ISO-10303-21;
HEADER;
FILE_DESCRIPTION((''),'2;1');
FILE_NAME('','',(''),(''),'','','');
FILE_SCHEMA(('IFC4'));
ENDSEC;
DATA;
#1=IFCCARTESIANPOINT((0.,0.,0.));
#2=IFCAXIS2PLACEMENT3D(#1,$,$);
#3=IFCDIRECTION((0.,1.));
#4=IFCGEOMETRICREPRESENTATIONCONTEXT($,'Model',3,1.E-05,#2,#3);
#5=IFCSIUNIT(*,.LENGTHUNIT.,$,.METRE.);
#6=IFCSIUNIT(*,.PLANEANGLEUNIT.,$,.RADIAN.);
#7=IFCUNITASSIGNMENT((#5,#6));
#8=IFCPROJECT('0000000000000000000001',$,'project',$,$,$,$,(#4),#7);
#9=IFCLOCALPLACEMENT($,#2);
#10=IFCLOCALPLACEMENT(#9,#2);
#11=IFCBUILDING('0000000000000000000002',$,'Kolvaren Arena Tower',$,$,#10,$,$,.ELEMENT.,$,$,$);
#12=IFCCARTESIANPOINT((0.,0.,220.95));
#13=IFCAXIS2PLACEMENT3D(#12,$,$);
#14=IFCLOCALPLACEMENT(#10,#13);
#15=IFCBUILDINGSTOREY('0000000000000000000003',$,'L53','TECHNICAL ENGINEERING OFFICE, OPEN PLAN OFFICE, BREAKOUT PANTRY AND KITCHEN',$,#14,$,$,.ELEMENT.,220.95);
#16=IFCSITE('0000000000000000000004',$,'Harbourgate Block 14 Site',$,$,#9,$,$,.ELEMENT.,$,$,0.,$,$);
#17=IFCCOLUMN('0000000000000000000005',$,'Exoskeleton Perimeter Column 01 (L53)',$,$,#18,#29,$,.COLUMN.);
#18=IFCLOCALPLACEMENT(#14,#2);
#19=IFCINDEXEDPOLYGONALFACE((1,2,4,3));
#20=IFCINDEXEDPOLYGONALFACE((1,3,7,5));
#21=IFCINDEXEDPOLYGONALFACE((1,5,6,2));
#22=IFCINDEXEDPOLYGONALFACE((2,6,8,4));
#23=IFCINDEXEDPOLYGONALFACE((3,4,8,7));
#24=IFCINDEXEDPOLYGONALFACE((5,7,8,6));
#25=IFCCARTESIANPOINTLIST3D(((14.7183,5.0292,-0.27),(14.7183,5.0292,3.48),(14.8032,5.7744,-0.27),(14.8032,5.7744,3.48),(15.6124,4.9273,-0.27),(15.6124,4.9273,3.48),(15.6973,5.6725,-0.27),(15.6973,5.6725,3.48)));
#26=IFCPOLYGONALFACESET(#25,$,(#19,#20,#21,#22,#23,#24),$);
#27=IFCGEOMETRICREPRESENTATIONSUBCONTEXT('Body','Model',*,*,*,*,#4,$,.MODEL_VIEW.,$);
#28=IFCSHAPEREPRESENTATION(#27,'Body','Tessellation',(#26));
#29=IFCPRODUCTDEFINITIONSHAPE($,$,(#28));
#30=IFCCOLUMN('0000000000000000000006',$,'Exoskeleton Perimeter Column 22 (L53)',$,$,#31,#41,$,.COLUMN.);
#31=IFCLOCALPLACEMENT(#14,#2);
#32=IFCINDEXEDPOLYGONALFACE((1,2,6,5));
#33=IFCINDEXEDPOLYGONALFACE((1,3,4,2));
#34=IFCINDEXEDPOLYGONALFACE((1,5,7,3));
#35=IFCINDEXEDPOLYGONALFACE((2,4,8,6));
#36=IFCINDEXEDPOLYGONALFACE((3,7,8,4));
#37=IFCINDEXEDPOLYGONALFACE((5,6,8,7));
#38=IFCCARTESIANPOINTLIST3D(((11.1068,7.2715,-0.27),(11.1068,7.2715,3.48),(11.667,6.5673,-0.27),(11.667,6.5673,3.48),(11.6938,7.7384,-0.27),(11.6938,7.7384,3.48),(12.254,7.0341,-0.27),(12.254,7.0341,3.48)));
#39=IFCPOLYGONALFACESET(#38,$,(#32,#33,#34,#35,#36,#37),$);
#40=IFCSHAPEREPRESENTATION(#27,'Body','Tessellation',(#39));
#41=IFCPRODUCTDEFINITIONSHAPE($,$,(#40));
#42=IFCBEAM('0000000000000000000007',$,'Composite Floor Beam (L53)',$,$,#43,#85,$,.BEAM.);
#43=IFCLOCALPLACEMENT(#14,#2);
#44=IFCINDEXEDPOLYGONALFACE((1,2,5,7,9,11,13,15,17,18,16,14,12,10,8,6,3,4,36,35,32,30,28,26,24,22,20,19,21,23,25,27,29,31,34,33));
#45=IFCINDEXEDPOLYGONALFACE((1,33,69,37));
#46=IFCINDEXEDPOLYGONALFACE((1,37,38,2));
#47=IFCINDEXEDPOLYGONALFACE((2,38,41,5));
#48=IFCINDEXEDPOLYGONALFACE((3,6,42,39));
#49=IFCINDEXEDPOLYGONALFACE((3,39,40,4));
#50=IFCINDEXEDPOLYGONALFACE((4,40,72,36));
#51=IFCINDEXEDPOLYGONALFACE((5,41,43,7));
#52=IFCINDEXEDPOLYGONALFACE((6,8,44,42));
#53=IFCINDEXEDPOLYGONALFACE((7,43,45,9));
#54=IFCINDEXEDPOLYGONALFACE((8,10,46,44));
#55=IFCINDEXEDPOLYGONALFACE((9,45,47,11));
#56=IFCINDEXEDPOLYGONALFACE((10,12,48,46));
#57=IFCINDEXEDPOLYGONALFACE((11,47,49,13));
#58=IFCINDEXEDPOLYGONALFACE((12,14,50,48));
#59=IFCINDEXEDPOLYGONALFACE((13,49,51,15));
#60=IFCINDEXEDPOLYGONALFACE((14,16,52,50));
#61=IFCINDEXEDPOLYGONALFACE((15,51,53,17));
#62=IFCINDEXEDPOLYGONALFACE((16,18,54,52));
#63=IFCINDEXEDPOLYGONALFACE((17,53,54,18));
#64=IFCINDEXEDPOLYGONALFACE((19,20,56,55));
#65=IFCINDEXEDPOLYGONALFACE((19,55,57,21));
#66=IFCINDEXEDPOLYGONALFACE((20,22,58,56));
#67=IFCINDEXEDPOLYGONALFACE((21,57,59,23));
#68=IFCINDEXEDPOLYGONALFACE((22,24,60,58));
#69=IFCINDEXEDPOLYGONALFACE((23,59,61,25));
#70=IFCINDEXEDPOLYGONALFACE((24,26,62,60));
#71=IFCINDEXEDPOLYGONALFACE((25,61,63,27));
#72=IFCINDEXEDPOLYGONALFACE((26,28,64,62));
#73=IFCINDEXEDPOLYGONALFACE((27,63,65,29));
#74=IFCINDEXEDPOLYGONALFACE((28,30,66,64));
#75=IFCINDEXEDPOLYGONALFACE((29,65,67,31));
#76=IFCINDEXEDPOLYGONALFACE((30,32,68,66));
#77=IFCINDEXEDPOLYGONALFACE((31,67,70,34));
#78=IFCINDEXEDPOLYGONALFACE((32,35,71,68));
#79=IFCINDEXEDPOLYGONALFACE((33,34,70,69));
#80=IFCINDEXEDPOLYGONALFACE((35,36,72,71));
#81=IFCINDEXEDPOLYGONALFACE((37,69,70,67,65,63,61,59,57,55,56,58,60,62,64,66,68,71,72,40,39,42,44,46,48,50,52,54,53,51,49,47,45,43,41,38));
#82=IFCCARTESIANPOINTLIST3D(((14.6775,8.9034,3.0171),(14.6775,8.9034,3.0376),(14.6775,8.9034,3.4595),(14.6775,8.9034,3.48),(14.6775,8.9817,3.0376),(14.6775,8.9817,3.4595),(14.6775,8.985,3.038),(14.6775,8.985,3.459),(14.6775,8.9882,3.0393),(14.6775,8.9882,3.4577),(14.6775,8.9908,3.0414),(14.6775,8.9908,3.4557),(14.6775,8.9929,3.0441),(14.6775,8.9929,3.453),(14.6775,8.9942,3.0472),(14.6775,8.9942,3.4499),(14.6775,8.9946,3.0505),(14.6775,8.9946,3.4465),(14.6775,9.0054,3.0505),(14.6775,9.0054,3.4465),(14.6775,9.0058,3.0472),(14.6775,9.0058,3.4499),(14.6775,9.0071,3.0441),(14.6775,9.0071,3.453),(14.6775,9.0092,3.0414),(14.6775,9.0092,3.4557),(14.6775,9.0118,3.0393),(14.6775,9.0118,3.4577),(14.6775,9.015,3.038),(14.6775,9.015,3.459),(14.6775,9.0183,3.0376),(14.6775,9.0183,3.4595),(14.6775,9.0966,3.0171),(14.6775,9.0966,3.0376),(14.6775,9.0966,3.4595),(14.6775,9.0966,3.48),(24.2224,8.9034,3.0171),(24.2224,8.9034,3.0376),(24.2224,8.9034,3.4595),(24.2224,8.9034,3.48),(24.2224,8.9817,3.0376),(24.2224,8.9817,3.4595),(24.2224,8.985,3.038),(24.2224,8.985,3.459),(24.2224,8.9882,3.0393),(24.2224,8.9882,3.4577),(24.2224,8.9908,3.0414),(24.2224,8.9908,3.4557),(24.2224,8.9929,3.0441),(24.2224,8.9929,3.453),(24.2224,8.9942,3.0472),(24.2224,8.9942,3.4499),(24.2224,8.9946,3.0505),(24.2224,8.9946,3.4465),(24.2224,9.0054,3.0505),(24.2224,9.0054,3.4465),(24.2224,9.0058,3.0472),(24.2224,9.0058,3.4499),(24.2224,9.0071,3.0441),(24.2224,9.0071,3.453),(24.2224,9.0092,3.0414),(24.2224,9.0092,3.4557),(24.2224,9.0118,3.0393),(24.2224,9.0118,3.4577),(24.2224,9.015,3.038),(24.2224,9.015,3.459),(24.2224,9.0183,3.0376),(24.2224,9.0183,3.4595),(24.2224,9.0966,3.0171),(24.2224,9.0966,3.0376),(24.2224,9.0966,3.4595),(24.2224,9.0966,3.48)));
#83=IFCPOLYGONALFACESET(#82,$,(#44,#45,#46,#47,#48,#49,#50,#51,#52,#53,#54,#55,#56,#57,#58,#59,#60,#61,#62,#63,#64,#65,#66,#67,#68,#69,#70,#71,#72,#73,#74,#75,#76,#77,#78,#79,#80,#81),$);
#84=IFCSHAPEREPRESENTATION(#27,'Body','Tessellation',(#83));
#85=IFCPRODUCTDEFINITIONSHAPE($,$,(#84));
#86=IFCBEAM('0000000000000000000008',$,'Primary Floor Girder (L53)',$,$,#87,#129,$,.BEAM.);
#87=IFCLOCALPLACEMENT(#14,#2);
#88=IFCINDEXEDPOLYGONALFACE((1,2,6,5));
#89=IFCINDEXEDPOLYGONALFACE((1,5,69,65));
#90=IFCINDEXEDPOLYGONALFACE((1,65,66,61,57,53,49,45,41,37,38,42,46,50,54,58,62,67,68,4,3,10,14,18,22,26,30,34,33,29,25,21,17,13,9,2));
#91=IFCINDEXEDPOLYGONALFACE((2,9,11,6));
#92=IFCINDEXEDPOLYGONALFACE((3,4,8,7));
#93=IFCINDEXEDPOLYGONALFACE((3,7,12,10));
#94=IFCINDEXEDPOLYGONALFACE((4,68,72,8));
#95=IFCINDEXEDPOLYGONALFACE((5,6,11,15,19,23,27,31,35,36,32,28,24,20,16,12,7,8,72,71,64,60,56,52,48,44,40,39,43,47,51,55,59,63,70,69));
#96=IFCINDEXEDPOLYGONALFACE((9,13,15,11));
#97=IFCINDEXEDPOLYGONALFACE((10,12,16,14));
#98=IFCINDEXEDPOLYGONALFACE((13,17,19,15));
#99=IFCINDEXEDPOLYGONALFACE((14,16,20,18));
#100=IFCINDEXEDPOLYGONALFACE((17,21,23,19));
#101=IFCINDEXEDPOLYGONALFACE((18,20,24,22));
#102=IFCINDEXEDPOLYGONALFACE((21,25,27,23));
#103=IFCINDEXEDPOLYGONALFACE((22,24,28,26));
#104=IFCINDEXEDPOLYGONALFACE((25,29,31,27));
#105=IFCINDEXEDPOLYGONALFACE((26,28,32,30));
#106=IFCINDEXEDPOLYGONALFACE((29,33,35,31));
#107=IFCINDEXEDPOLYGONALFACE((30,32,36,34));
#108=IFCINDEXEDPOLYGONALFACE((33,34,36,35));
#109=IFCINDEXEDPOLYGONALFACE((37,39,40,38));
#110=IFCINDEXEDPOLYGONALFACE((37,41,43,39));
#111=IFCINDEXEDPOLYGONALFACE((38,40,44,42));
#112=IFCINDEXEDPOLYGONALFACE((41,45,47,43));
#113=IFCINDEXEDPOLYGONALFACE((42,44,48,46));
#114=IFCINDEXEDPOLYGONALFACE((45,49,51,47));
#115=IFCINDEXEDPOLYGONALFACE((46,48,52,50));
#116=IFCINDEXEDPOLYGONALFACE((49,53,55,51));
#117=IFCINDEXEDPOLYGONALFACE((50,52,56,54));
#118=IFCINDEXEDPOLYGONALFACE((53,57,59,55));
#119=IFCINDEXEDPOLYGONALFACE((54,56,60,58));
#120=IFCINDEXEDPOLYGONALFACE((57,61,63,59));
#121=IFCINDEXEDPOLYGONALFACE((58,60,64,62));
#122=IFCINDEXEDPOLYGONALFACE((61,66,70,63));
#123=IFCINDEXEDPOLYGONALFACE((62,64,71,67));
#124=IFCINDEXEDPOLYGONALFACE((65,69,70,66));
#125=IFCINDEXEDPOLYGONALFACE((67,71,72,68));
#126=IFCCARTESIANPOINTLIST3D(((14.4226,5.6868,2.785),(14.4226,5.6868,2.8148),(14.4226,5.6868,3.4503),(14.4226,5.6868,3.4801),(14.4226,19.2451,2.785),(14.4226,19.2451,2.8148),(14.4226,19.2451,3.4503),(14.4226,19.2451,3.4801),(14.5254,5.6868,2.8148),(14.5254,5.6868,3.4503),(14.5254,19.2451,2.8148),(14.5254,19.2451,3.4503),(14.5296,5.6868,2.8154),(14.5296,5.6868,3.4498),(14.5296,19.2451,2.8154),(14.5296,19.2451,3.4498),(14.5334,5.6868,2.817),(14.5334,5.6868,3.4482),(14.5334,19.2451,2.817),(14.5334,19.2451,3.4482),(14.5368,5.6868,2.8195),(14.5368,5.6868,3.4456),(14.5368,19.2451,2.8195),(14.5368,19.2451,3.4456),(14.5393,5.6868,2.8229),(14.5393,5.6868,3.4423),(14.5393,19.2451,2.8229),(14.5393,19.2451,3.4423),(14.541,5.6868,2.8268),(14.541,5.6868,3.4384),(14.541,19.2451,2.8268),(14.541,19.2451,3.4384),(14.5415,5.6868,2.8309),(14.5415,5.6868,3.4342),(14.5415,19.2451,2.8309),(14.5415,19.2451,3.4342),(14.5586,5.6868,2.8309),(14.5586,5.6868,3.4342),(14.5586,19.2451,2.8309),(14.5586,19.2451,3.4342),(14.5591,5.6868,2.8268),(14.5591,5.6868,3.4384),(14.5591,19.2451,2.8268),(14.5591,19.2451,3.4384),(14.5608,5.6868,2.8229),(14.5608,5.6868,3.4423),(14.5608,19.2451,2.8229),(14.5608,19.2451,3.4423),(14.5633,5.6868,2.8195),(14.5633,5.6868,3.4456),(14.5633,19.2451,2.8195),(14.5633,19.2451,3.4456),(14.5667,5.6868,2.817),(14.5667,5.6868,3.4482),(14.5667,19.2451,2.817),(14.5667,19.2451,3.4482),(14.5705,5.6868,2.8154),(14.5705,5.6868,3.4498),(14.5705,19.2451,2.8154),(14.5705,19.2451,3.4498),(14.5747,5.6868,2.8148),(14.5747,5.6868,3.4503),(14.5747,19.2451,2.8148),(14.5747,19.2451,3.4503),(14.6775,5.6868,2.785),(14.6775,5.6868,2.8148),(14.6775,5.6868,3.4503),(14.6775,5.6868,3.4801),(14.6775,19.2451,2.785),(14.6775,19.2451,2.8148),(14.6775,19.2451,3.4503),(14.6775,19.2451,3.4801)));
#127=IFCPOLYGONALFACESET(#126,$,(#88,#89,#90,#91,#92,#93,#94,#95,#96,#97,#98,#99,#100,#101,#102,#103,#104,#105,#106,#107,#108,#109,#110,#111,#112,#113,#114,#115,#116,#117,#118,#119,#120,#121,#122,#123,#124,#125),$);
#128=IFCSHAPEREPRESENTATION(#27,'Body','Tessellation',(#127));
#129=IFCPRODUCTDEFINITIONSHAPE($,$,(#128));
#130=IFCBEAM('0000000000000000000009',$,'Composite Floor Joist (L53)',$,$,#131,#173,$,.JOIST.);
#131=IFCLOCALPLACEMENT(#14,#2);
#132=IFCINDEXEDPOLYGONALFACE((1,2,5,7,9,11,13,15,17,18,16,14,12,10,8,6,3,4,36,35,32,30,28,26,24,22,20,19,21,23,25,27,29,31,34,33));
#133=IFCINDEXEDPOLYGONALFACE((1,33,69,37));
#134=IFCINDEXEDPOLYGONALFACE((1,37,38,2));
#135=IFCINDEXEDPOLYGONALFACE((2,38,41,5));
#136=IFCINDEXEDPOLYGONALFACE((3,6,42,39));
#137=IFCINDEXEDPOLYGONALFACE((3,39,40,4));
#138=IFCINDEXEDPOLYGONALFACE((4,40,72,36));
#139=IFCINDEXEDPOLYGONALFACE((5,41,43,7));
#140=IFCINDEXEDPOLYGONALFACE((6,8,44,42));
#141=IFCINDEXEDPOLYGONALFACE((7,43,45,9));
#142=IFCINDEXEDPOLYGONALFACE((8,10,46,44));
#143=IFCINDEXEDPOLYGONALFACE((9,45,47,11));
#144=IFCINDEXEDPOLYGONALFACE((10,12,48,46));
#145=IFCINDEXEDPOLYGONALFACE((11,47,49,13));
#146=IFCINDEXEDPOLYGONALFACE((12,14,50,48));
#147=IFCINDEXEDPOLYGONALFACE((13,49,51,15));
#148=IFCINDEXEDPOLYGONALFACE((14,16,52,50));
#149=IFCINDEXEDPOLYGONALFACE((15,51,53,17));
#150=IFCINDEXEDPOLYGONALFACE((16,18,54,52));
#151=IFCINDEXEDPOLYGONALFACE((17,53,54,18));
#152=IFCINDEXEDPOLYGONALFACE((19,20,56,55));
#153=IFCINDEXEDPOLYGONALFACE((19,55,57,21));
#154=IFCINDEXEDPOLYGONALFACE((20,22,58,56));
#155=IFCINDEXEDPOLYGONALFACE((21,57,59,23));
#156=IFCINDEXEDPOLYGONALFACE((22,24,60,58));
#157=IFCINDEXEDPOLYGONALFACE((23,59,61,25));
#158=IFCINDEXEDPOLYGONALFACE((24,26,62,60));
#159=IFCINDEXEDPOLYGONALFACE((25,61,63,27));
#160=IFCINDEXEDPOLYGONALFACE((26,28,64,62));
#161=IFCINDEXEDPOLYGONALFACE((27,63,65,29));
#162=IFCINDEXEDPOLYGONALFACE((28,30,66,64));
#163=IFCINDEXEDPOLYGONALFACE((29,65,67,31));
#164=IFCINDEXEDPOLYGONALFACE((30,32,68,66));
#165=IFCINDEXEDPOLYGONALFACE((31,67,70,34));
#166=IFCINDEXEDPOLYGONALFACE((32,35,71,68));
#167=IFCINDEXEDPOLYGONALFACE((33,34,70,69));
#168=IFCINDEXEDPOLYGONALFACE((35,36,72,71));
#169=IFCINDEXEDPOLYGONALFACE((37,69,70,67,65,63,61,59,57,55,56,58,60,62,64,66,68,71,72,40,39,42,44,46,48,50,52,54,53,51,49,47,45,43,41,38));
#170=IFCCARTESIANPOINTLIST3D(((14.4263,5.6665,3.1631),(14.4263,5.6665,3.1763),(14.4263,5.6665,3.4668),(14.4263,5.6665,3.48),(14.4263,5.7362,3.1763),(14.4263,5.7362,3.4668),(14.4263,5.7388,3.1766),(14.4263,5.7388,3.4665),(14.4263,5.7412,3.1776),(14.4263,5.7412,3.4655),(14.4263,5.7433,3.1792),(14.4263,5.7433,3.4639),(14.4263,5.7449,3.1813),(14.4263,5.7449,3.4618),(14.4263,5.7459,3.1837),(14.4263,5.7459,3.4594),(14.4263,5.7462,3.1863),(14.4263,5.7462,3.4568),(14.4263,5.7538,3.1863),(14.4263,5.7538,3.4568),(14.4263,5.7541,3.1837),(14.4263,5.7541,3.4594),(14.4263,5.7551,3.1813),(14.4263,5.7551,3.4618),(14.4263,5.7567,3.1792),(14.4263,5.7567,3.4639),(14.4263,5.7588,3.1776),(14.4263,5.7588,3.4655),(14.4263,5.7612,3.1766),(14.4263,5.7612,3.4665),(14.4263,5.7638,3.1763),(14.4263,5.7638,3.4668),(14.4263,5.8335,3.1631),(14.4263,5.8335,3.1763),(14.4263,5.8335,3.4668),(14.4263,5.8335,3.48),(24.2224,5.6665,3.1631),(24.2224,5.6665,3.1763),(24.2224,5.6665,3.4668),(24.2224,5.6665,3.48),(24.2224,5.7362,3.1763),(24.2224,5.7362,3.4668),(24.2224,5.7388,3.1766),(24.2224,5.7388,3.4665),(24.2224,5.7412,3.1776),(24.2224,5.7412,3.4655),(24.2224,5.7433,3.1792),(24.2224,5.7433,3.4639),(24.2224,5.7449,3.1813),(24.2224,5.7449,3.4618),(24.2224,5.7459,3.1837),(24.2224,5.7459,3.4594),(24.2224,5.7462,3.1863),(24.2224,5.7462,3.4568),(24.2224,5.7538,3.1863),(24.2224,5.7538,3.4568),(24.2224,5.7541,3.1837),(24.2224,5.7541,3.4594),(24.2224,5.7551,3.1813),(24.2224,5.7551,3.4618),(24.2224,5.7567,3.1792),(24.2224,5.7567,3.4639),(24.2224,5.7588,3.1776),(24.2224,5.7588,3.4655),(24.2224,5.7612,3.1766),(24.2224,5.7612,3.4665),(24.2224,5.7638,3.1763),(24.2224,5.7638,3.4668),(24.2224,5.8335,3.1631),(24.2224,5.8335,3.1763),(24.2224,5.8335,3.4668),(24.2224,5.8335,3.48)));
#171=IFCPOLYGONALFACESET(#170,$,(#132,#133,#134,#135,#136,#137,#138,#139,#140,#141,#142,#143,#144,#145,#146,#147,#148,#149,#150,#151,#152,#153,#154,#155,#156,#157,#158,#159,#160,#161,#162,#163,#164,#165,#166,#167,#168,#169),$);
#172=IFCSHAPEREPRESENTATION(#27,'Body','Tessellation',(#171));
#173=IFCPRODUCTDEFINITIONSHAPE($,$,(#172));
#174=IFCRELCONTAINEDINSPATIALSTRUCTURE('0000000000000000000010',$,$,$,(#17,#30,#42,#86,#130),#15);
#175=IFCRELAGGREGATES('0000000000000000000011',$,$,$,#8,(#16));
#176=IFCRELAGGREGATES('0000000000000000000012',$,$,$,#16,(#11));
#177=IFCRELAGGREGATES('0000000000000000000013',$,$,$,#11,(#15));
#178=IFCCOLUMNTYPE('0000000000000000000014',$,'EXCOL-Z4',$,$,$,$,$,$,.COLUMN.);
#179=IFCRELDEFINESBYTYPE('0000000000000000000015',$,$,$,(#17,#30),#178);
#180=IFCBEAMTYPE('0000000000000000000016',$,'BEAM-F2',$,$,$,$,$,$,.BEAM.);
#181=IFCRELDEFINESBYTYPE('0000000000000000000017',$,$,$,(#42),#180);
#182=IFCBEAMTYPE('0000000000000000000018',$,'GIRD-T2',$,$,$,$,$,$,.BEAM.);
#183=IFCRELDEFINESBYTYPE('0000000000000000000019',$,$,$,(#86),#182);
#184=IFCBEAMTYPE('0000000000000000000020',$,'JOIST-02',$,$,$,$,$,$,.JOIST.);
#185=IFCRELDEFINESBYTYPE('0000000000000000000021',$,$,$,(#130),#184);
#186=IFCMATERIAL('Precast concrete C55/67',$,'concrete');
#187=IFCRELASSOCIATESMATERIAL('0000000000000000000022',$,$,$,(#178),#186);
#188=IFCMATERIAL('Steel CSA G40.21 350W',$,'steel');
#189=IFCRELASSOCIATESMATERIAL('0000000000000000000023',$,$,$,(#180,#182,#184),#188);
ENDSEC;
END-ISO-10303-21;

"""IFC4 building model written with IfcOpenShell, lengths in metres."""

from ifc_helpers import new_model, si_unit, direction, frame, origin, origin_2d, place, context, subcontext, project, spatial, rectangle, i_section, extrude, material, material_profile, profile_set, type_object, element, save


model = new_model("IFC4")

# Units and contexts
model_context = context("Model", 3, precision=1e-05, world=origin(), true_north=direction((0.0, 1.0)))
body_context = subcontext(model_context, "Body", "Model", "MODEL_VIEW")
ifc_project = project(units=[si_unit("LENGTHUNIT", "METRE"), si_unit("PLANEANGLEUNIT", "RADIAN")], contexts=[model_context])

# Site, building, storey
site_placement = place(None, origin())
site = spatial("IfcSite", under=ifc_project, at=site_placement, Name="Harbourgate Block 14 Site", CompositionType="ELEMENT", RefElevation=0.0)
building_placement = place(site_placement, origin())
building = spatial("IfcBuilding", under=site, at=building_placement, Name="Kolvaren Arena Tower", CompositionType="ELEMENT")
storey_placement = place(building_placement, frame((0.0, 0.0, 220.95)))
storey = spatial("IfcBuildingStorey", under=building, at=storey_placement, Name="L53", Description="TECHNICAL ENGINEERING OFFICE, OPEN PLAN OFFICE, BREAKOUT PANTRY AND KITCHEN", CompositionType="ELEMENT", Elevation=220.95)

# Columns
ifc_material_1 = material(Name="Precast concrete C55/67", Category="concrete")
ifc_material_profile_1 = material_profile(ifc_material_1, rectangle(XDim=0.8999, YDim=0.75, at=origin_2d()), Name="RC-900x750")
ifc_profile_set_1 = profile_set([ifc_material_profile_1], Name="Precast concrete C55/67")
column_type = type_object("IfcColumnType", Name="EXCOL-Z4", PredefinedType="COLUMN", material=ifc_profile_set_1)
for number, where, z_axis, x_axis, name in (
    (1, (15.2078, 5.3508, -0.27), (0.0, 0.0, 1.0), (0.993572, -0.113203, 0.0), "Exoskeleton Perimeter Column 01 (L53)"),
    (2, (11.6804, 7.1528, -0.27), (0.0, 0.0, 1.0), (-0.622515, 0.782608, 0.0), "Exoskeleton Perimeter Column 22 (L53)"),
):
    element("IfcColumn", number, at=place(storey_placement, frame(where, z_axis=z_axis, x_axis=x_axis)), inside=storey, type_object=column_type, Name=name, PredefinedType="COLUMN", context=body_context, shape_type="SweptSolid", body=[
        extrude(rectangle(XDim=0.8999, YDim=0.75, at=origin_2d()), origin(), (0.0, 0.0, 1.0), 3.75),
    ])

# Beams
ifc_material_2 = material(Name="Steel CSA G40.21 350W", Category="steel")
ifc_material_profile_2 = material_profile(ifc_material_2, i_section(OverallWidth=0.1931, OverallDepth=0.4629, WebThickness=0.0107, FlangeThickness=0.0205, FilletRadius=0.0129, at=origin_2d()), Name="W460x113")
ifc_profile_set_2 = profile_set([ifc_material_profile_2], Name="Steel CSA G40.21 350W")
beam_type_1 = type_object("IfcBeamType", Name="BEAM-F2", PredefinedType="BEAM", material=ifc_profile_set_2)
beam_1_placement = place(storey_placement, frame((14.6775, 9.0, 3.2485), z_axis=(1.0, 0.0, 0.0), x_axis=(0.0, 1.0, 0.0)))
element("IfcBeam", 3, at=beam_1_placement, inside=storey, type_object=beam_type_1, Name="Composite Floor Beam (L53)", PredefinedType="BEAM", context=body_context, shape_type="SweptSolid", body=[
    extrude(i_section(OverallWidth=0.1931, OverallDepth=0.4629, WebThickness=0.0107, FlangeThickness=0.0205, FilletRadius=0.0129, at=origin_2d()), origin(), (0.0, 0.0, 1.0), 9.5449),
])
ifc_material_profile_3 = material_profile(ifc_material_2, i_section(OverallWidth=0.2549, OverallDepth=0.6951, WebThickness=0.0171, FlangeThickness=0.0298, FilletRadius=0.0161, at=origin_2d()), Name="W690x217")
ifc_profile_set_3 = profile_set([ifc_material_profile_3], Name="Steel CSA G40.21 350W")
beam_type_2 = type_object("IfcBeamType", Name="GIRD-T2", PredefinedType="BEAM", material=ifc_profile_set_3)
beam_2_placement = place(storey_placement, frame((14.55, 5.6868, 3.1326), z_axis=(0.0, 1.0, 0.0), x_axis=(-1.0, 0.0, 0.0)))
element("IfcBeam", 4, at=beam_2_placement, inside=storey, type_object=beam_type_2, Name="Primary Floor Girder (L53)", PredefinedType="BEAM", context=body_context, shape_type="SweptSolid", body=[
    extrude(i_section(OverallWidth=0.2549, OverallDepth=0.6951, WebThickness=0.0171, FlangeThickness=0.0298, FilletRadius=0.0161, at=origin_2d()), origin(), (0.0, 0.0, 1.0), 13.5583),
])
ifc_material_profile_4 = material_profile(ifc_material_2, i_section(OverallWidth=0.167, OverallDepth=0.3169, WebThickness=0.0076, FlangeThickness=0.0132, FilletRadius=0.01, at=origin_2d()), Name="W310x52")
ifc_profile_set_4 = profile_set([ifc_material_profile_4], Name="Steel CSA G40.21 350W")
beam_type_3 = type_object("IfcBeamType", Name="JOIST-02", PredefinedType="JOIST", material=ifc_profile_set_4)
beam_3_placement = place(storey_placement, frame((14.4263, 5.75, 3.3215), z_axis=(1.0, 0.0, 0.0), x_axis=(0.0, 1.0, 0.0)))
element("IfcBeam", 5, at=beam_3_placement, inside=storey, type_object=beam_type_3, Name="Composite Floor Joist (L53)", PredefinedType="JOIST", context=body_context, shape_type="SweptSolid", body=[
    extrude(i_section(OverallWidth=0.167, OverallDepth=0.3169, WebThickness=0.0076, FlangeThickness=0.0132, FilletRadius=0.01, at=origin_2d()), origin(), (0.0, 0.0, 1.0), 9.7961),
])

save(model, "model.ifc")
